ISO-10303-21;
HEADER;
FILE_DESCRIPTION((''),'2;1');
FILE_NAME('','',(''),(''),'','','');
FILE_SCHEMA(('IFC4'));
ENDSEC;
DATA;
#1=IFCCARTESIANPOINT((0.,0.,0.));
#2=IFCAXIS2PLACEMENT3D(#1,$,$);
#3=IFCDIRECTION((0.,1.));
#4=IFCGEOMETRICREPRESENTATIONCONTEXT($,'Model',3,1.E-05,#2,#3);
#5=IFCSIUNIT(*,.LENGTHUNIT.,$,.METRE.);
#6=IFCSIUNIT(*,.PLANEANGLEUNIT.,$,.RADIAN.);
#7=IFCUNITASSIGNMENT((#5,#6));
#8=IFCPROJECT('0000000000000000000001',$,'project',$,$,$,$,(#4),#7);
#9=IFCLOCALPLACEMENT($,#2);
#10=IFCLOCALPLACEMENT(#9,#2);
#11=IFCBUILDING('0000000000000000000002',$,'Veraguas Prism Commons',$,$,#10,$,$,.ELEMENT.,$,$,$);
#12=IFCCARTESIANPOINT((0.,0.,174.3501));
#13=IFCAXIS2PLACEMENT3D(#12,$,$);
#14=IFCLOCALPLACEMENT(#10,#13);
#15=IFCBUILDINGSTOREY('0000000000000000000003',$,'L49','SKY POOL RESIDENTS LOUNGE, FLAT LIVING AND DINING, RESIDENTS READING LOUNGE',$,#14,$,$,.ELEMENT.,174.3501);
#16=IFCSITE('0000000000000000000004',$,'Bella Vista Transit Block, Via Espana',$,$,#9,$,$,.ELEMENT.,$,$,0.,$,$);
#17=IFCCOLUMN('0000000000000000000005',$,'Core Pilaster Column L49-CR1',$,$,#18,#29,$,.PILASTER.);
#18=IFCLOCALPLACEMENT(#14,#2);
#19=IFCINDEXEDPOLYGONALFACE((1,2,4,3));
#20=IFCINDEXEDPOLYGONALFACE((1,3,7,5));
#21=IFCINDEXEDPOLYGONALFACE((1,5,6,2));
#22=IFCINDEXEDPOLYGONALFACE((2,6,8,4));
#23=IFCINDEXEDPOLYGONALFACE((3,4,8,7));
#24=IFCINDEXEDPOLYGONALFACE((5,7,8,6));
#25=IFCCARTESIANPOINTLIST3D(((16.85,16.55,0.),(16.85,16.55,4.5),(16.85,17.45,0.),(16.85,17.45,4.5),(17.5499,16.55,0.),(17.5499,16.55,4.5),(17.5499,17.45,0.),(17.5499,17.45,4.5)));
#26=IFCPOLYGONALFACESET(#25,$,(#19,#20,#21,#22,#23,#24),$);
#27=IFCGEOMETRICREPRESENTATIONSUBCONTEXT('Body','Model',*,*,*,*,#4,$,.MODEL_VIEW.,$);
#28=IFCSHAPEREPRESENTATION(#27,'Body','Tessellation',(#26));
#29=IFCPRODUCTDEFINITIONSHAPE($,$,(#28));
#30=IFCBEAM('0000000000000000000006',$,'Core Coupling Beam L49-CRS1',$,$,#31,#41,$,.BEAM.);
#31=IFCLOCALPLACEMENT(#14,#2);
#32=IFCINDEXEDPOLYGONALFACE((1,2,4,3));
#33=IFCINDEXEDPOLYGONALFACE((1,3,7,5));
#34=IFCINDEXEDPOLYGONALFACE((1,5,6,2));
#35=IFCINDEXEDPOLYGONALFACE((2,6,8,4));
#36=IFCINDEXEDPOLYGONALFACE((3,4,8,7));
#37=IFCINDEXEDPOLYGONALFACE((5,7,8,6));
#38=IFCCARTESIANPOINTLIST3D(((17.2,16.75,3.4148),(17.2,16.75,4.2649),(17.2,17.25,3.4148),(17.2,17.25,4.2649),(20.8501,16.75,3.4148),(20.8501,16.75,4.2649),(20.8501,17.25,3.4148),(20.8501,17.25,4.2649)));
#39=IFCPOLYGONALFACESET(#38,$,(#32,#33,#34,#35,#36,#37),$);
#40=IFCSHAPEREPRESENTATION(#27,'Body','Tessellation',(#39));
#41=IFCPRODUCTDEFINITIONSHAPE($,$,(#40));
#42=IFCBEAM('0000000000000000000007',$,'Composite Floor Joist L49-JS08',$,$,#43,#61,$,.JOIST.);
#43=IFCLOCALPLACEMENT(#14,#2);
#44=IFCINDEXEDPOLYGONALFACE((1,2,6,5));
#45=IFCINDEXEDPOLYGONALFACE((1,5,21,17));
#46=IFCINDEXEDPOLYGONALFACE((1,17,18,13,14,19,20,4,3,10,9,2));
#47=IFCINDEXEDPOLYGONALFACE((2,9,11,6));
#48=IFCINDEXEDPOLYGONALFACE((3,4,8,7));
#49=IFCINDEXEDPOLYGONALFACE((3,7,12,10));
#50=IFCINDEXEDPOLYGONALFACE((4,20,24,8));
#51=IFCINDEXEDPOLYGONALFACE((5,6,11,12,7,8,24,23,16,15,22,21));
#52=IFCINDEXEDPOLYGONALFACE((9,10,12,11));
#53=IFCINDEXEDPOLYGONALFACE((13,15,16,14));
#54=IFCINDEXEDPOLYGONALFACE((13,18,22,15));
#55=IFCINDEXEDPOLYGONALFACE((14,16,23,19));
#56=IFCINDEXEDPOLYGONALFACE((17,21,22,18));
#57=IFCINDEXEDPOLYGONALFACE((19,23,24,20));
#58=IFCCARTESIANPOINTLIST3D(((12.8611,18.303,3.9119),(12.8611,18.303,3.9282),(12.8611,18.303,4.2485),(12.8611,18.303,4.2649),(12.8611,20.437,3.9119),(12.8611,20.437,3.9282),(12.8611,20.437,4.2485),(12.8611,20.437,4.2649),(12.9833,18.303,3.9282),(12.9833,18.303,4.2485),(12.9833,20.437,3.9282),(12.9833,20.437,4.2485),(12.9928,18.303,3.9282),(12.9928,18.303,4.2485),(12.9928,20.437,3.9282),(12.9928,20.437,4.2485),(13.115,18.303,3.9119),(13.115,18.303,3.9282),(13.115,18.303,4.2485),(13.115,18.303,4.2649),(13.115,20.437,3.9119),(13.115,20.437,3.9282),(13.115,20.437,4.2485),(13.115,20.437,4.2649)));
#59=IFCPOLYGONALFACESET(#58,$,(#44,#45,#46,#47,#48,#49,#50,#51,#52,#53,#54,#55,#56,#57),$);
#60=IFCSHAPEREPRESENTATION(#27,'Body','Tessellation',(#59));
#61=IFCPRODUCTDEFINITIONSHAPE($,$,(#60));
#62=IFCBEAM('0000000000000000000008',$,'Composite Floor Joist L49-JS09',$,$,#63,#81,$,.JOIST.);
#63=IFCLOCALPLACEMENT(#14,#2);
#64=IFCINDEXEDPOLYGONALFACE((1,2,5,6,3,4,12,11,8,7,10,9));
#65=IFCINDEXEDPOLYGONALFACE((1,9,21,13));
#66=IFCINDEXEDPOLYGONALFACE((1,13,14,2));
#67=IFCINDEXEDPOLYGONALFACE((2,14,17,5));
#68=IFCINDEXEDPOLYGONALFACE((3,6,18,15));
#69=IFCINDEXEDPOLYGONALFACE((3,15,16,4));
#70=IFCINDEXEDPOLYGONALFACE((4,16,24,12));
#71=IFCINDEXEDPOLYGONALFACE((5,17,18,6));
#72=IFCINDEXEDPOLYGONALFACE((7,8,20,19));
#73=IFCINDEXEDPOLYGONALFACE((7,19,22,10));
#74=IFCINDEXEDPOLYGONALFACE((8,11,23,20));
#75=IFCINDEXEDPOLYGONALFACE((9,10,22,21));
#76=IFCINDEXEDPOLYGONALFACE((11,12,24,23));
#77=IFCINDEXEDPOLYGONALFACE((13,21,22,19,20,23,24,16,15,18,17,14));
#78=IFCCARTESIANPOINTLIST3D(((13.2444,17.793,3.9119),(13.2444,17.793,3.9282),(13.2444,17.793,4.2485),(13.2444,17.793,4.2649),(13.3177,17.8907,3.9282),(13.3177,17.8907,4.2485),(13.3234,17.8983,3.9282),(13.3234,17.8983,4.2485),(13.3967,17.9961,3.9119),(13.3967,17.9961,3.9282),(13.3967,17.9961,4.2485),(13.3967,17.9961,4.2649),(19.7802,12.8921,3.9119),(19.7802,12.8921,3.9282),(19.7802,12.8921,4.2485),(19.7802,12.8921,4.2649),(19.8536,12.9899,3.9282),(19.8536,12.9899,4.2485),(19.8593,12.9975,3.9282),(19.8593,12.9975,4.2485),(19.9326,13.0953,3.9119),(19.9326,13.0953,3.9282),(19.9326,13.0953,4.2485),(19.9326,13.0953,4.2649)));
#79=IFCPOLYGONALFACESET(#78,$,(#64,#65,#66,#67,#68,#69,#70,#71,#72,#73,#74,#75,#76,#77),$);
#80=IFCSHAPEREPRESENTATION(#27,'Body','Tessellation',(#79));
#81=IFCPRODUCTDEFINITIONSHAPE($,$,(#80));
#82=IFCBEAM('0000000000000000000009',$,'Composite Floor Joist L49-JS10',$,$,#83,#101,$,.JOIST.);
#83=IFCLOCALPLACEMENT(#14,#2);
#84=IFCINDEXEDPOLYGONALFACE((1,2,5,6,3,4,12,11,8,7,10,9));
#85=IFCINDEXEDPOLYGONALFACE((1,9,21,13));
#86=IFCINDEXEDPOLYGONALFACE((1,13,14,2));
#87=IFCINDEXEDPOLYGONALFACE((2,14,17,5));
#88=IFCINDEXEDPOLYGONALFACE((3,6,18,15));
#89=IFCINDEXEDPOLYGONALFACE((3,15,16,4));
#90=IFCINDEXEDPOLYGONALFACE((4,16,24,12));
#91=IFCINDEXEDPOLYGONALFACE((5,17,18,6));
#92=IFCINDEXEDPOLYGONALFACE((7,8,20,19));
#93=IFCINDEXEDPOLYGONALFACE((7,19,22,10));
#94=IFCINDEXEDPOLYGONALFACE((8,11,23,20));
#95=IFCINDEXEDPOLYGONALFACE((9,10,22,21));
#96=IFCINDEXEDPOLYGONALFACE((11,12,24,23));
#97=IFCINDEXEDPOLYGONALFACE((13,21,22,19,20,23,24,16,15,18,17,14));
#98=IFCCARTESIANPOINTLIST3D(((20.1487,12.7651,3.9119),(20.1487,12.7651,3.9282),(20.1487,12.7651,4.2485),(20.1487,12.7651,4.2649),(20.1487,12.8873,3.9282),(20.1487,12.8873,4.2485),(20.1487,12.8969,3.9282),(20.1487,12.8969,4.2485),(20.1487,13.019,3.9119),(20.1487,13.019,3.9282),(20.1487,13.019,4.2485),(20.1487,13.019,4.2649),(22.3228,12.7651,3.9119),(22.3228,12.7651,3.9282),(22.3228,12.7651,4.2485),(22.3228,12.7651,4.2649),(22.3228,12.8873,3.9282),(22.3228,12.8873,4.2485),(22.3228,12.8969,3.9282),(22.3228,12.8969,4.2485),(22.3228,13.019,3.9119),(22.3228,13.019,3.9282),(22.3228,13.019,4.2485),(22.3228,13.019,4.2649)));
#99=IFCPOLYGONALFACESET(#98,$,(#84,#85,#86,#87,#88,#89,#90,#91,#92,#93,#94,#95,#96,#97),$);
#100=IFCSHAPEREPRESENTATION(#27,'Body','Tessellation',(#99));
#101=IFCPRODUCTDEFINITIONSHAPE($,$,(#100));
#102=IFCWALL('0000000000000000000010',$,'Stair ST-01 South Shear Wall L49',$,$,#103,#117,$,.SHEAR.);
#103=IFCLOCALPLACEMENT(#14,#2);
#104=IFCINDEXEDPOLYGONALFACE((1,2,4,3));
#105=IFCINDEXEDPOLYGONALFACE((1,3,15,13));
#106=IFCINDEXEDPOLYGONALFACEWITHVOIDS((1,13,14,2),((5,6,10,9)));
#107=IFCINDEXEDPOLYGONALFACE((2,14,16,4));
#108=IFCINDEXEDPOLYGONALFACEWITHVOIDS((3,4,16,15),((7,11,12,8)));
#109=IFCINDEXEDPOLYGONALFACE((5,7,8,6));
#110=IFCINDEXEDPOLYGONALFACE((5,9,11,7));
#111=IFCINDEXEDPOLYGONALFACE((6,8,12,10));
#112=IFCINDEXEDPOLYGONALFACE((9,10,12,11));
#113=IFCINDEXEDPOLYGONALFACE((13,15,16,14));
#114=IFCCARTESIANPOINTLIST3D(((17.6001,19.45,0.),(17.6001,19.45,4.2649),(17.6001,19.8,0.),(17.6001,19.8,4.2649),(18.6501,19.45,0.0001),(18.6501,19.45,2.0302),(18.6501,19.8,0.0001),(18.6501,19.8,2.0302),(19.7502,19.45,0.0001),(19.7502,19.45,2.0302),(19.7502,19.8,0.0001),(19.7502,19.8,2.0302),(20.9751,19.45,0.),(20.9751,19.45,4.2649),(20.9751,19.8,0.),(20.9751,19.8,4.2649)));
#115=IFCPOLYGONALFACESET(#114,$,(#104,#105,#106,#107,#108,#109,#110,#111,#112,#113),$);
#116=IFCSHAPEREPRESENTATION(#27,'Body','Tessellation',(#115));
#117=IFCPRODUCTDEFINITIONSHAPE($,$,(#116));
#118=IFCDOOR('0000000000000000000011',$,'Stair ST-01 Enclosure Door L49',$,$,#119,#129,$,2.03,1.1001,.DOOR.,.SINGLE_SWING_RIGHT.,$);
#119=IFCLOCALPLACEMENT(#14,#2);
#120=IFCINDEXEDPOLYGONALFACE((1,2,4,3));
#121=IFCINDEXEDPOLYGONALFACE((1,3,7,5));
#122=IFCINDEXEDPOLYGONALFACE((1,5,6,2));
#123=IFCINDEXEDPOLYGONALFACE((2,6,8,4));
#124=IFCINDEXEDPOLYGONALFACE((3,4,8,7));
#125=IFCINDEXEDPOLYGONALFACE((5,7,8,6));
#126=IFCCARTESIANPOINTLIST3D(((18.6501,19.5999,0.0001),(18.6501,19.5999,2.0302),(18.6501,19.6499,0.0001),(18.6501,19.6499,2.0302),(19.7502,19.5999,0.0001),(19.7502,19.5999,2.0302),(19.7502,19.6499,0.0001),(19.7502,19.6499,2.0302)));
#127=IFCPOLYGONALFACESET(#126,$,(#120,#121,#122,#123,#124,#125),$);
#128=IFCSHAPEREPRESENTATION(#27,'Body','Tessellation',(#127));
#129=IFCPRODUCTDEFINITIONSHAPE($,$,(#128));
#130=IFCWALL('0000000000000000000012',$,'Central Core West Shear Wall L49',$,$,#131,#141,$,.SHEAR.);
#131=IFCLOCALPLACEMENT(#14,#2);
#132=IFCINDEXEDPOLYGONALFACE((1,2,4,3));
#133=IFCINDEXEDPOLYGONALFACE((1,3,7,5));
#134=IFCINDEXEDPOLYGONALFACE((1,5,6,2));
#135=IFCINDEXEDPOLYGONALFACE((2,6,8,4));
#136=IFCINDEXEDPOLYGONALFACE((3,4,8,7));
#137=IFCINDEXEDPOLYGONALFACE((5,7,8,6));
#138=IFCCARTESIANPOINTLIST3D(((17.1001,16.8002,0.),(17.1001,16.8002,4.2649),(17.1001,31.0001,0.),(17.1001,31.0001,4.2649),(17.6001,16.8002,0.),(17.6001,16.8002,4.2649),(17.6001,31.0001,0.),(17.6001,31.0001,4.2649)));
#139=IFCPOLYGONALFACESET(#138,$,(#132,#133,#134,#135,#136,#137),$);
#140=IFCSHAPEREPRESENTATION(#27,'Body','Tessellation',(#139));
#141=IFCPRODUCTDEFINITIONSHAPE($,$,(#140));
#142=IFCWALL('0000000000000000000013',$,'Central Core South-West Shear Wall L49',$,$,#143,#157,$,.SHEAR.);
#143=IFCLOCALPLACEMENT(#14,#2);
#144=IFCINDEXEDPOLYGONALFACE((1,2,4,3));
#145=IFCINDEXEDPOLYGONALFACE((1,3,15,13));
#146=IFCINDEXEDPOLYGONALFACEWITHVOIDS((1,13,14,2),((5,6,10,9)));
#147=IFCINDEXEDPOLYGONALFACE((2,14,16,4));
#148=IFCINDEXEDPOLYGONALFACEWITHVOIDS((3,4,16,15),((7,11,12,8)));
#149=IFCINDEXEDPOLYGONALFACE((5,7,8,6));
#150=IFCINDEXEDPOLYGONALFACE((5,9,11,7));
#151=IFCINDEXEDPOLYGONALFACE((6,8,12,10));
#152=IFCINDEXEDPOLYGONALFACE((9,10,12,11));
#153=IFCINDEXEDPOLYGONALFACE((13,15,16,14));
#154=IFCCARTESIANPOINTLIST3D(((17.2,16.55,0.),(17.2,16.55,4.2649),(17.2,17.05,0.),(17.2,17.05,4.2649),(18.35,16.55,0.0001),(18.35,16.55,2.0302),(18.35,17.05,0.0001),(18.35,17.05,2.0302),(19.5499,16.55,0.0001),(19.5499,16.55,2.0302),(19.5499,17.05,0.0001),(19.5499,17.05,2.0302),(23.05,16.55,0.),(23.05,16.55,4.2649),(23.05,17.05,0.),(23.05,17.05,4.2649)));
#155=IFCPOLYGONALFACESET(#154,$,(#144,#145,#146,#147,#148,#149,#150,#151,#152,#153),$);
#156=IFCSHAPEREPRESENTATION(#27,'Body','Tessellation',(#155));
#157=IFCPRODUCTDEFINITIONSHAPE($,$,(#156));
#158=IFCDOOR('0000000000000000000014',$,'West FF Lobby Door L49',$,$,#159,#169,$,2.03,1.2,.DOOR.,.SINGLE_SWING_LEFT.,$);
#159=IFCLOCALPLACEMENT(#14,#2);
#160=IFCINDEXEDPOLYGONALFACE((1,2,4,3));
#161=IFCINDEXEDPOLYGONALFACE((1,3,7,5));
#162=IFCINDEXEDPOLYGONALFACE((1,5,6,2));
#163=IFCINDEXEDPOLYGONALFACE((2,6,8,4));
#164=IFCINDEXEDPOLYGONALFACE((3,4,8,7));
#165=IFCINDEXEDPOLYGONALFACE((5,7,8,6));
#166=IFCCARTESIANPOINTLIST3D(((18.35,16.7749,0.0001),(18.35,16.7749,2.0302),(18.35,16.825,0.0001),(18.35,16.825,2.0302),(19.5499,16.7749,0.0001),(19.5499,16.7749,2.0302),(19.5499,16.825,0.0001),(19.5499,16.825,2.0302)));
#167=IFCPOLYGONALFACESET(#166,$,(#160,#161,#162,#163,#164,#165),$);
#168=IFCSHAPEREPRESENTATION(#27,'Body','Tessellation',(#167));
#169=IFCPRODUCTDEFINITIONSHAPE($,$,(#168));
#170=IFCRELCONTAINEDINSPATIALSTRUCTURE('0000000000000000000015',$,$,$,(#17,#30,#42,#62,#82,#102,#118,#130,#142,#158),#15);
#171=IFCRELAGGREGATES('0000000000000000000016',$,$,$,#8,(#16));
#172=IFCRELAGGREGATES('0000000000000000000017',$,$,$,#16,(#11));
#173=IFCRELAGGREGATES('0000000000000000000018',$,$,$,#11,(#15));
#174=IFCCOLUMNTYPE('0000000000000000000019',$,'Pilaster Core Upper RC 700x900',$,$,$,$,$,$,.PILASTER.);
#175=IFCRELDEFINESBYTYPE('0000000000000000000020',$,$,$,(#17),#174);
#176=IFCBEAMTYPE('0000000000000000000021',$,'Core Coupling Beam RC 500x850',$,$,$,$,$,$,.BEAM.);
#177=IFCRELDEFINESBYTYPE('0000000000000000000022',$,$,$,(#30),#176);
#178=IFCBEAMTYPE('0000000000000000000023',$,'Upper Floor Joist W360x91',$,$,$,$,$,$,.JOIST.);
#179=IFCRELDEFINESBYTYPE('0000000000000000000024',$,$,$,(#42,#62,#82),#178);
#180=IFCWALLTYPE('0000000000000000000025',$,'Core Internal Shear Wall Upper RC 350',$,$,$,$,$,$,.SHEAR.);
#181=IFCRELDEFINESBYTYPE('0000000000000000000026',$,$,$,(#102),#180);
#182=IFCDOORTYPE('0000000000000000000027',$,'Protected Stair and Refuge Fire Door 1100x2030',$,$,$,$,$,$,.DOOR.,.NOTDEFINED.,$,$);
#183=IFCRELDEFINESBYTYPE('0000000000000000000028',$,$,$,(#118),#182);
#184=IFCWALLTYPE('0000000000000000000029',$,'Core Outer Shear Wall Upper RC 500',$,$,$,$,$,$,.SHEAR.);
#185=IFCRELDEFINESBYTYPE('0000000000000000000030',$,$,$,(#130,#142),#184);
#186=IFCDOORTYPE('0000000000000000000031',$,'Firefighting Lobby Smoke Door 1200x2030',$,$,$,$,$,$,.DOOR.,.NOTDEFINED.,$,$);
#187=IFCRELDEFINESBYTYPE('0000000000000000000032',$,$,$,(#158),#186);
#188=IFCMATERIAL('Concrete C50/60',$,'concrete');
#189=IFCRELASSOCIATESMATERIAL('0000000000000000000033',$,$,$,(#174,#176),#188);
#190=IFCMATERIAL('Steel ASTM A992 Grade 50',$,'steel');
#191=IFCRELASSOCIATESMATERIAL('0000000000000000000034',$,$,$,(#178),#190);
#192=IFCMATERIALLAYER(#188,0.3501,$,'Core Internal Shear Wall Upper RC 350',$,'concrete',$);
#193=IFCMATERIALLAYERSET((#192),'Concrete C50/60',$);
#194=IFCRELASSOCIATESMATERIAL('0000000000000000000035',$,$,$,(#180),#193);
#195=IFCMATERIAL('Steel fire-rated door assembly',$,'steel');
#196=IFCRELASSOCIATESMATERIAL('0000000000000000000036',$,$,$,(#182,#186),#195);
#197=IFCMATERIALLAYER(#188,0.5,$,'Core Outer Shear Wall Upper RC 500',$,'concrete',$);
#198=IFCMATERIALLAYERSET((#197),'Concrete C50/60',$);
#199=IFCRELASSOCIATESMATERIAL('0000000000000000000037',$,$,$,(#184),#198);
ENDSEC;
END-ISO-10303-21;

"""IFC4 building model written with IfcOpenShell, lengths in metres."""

from ifc_helpers import new_model, si_unit, direction, frame, frame_2d, origin, origin_2d, place, context, subcontext, project, spatial, rectangle, i_section, extrude, source, transform, mapped, material, layer, layer_set, material_profile, profile_set, type_object, element, fill, save


model = new_model("IFC4")

# Units and contexts
model_context = context("Model", 3, precision=1e-05, world=origin(), true_north=direction((0.0, 1.0)))
body_context = subcontext(model_context, "Body", "Model", "MODEL_VIEW")
ifc_project = project(units=[si_unit("LENGTHUNIT", "METRE"), si_unit("PLANEANGLEUNIT", "RADIAN")], contexts=[model_context])

# Site, building, storey
site_placement = place(None, origin())
site = spatial("IfcSite", under=ifc_project, at=site_placement, Name="Bella Vista Transit Block, Via Espana", CompositionType="ELEMENT", RefElevation=0.0)
building_placement = place(site_placement, origin())
building = spatial("IfcBuilding", under=site, at=building_placement, Name="Veraguas Prism Commons", CompositionType="ELEMENT")
storey_placement = place(building_placement, frame((0.0, 0.0, 174.3501)))
storey = spatial("IfcBuildingStorey", under=building, at=storey_placement, Name="L49", Description="SKY POOL RESIDENTS LOUNGE, FLAT LIVING AND DINING, RESIDENTS READING LOUNGE", CompositionType="ELEMENT", Elevation=174.3501)

# Column
ifc_material_1 = material(Name="Concrete C50/60", Category="concrete")
ifc_material_profile_1 = material_profile(ifc_material_1, rectangle(XDim=0.7, YDim=0.8999, at=origin_2d()), Name="RC700X900")
ifc_profile_set_1 = profile_set([ifc_material_profile_1], Name="Concrete C50/60")
column_type = type_object("IfcColumnType", Name="Pilaster Core Upper RC 700x900", PredefinedType="PILASTER", material=ifc_profile_set_1)
column_placement = place(storey_placement, frame((17.2, 17.0, 0.0), z_axis=(0.0, 0.0, 1.0), x_axis=(1.0, 0.0, 0.0)))
element("IfcColumn", 1, at=column_placement, inside=storey, type_object=column_type, Name="Core Pilaster Column L49-CR1", PredefinedType="PILASTER", context=body_context, shape_type="SweptSolid", body=[
    extrude(rectangle(XDim=0.7, YDim=0.8999, at=origin_2d()), origin(), (0.0, 0.0, 1.0), 4.5),
])

# Beams
ifc_material_profile_2 = material_profile(ifc_material_1, rectangle(XDim=0.5, YDim=0.8501, at=origin_2d()), Name="RC500X850")
ifc_profile_set_2 = profile_set([ifc_material_profile_2], Name="Concrete C50/60")
beam_type_1 = type_object("IfcBeamType", Name="Core Coupling Beam RC 500x850", PredefinedType="BEAM", material=ifc_profile_set_2)
beam_1_placement = place(storey_placement, frame((17.2, 17.0, 3.8398), z_axis=(1.0, 0.0, 0.0), x_axis=(0.0, 1.0, 0.0)))
element("IfcBeam", 2, at=beam_1_placement, inside=storey, type_object=beam_type_1, Name="Core Coupling Beam L49-CRS1", PredefinedType="BEAM", context=body_context, shape_type="SweptSolid", body=[
    extrude(rectangle(XDim=0.5, YDim=0.8501, at=origin_2d()), origin(), (0.0, 0.0, 1.0), 3.6501),
])
ifc_material_2 = material(Name="Steel ASTM A992 Grade 50", Category="steel")
ifc_material_profile_3 = material_profile(ifc_material_2, i_section(OverallWidth=0.2539, OverallDepth=0.353, WebThickness=0.0095, FlangeThickness=0.0164, at=origin_2d()), Name="W360X91")
ifc_profile_set_3 = profile_set([ifc_material_profile_3], Name="Steel ASTM A992 Grade 50")
beam_type_2 = type_object("IfcBeamType", Name="Upper Floor Joist W360x91", PredefinedType="JOIST", material=ifc_profile_set_3)
beam_2_placement = place(storey_placement, frame((12.988, 20.437, 4.0884), z_axis=(0.0, -1.0, 0.0), x_axis=(1.0, 0.0, 0.0)))
element("IfcBeam", 3, at=beam_2_placement, inside=storey, type_object=beam_type_2, Name="Composite Floor Joist L49-JS08", PredefinedType="JOIST", context=body_context, shape_type="SweptSolid", body=[
    extrude(i_section(OverallWidth=0.2539, OverallDepth=0.353, WebThickness=0.0095, FlangeThickness=0.0164, at=origin_2d()), origin(), (0.0, 0.0, 1.0), 2.134),
])
beam_3_placement = place(storey_placement, frame((13.3206, 17.8945, 4.0884), z_axis=(0.800061, -0.599919, 0.0), x_axis=(0.599919, 0.800061, 0.0)))
element("IfcBeam", 4, at=beam_3_placement, inside=storey, type_object=beam_type_2, Name="Composite Floor Joist L49-JS09", PredefinedType="JOIST", context=body_context, shape_type="SweptSolid", body=[
    extrude(i_section(OverallWidth=0.2539, OverallDepth=0.353, WebThickness=0.0095, FlangeThickness=0.0164, at=origin_2d()), origin(), (0.0, 0.0, 1.0), 8.1692),
])
beam_4_placement = place(storey_placement, frame((20.1487, 12.8921, 4.0884), z_axis=(1.0, 0.0, 0.0), x_axis=(0.0, 1.0, 0.0)))
element("IfcBeam", 5, at=beam_4_placement, inside=storey, type_object=beam_type_2, Name="Composite Floor Joist L49-JS10", PredefinedType="JOIST", context=body_context, shape_type="SweptSolid", body=[
    extrude(i_section(OverallWidth=0.2539, OverallDepth=0.353, WebThickness=0.0095, FlangeThickness=0.0164, at=origin_2d()), origin(), (0.0, 0.0, 1.0), 2.1741),
])

# Wall, opening, door
ifc_layer_1 = layer(ifc_material_1, 0.3501, Name="Core Internal Shear Wall Upper RC 350", Category="concrete")
ifc_layer_set_1 = layer_set([ifc_layer_1], Name="Concrete C50/60")
wall_type_1 = type_object("IfcWallType", Name="Core Internal Shear Wall Upper RC 350", PredefinedType="SHEAR", material=ifc_layer_set_1)
wall_1_placement = place(storey_placement, frame((17.6001, 19.625, 0.0), z_axis=(0.0, 0.0, 1.0), x_axis=(1.0, 0.0, 0.0)))
wall_1 = element("IfcWall", 6, at=wall_1_placement, inside=storey, type_object=wall_type_1, Name="Stair ST-01 South Shear Wall L49", PredefinedType="SHEAR", context=body_context, shape_type="SweptSolid", body=[
    extrude(rectangle(XDim=3.375, YDim=0.3501, at=frame_2d((1.6875, 0.0))), origin(), (0.0, 0.0, 1.0), 4.2649),
])
opening_1_placement = place(wall_1_placement, frame((1.05, 0.0, 0.0)))
opening_1 = element("IfcOpeningElement", 7, at=opening_1_placement, cuts=wall_1, PredefinedType="OPENING", context=body_context, shape_type="SweptSolid", body=[
    extrude(rectangle(XDim=1.1001, YDim=2.03, at=frame_2d((0.55, 1.0151))), frame((0.0, 0.1851, 0.0), z_axis=(0.0, -1.0, 0.0), x_axis=(1.0, 0.0, 0.0)), (0.0, 0.0, 1.0), 0.3701),
])
ifc_material_3 = material(Name="Steel fire-rated door assembly", Category="steel")
door_type_1 = type_object("IfcDoorType", Name="Protected Stair and Refuge Fire Door 1100x2030", OperationType="NOTDEFINED", PredefinedType="DOOR", material=ifc_material_3)
shared_shape_1 = source(origin(), body_context, "Body", "SweptSolid", [
    extrude(rectangle(XDim=1.1001, YDim=2.03, at=frame_2d((0.55, 1.0151))), frame((0.0, 0.0249, 0.0), z_axis=(0.0, -1.0, 0.0), x_axis=(1.0, 0.0, 0.0)), (0.0, 0.0, 1.0), 0.05),
])
door_1_placement = place(opening_1_placement, origin())
door_1 = element("IfcDoor", 8, at=door_1_placement, inside=storey, type_object=door_type_1, Name="Stair ST-01 Enclosure Door L49", OperationType="SINGLE_SWING_RIGHT", OverallHeight=2.03, OverallWidth=1.1001, PredefinedType="DOOR", context=body_context, shape_type="MappedRepresentation", body=[
    mapped(shared_shape_1, transform((0.0, 0.0, 0.0), scale=1.0)),
])
fill(opening_1, door_1)

# Wall
ifc_layer_2 = layer(ifc_material_1, 0.5, Name="Core Outer Shear Wall Upper RC 500", Category="concrete")
ifc_layer_set_2 = layer_set([ifc_layer_2], Name="Concrete C50/60")
wall_type_2 = type_object("IfcWallType", Name="Core Outer Shear Wall Upper RC 500", PredefinedType="SHEAR", material=ifc_layer_set_2)
wall_2_placement = place(storey_placement, frame((17.3501, 16.8, 0.0), z_axis=(0.0, 0.0, 1.0), x_axis=(0.0, 1.0, 0.0)))
element("IfcWall", 9, at=wall_2_placement, inside=storey, type_object=wall_type_2, Name="Central Core West Shear Wall L49", PredefinedType="SHEAR", context=body_context, shape_type="SweptSolid", body=[
    extrude(rectangle(XDim=14.2, YDim=0.5, at=frame_2d((7.1001, 0.0))), origin(), (0.0, 0.0, 1.0), 4.2649),
])

# Wall, opening, door
wall_3_placement = place(storey_placement, frame((17.2, 16.8, 0.0), z_axis=(0.0, 0.0, 1.0), x_axis=(1.0, 0.0, 0.0)))
wall_3 = element("IfcWall", 10, at=wall_3_placement, inside=storey, type_object=wall_type_2, Name="Central Core South-West Shear Wall L49", PredefinedType="SHEAR", context=body_context, shape_type="SweptSolid", body=[
    extrude(rectangle(XDim=5.8501, YDim=0.5, at=frame_2d((2.925, 0.0))), origin(), (0.0, 0.0, 1.0), 4.2649),
])
opening_2_placement = place(wall_3_placement, frame((1.1499, 0.0, 0.0)))
opening_2 = element("IfcOpeningElement", 11, at=opening_2_placement, cuts=wall_3, PredefinedType="OPENING", context=body_context, shape_type="SweptSolid", body=[
    extrude(rectangle(XDim=1.2, YDim=2.03, at=frame_2d((0.6001, 1.0151))), frame((0.0, 0.26, 0.0), z_axis=(0.0, -1.0, 0.0), x_axis=(1.0, 0.0, 0.0)), (0.0, 0.0, 1.0), 0.52),
])
door_type_2 = type_object("IfcDoorType", Name="Firefighting Lobby Smoke Door 1200x2030", OperationType="NOTDEFINED", PredefinedType="DOOR", material=ifc_material_3)
shared_shape_2 = source(origin(), body_context, "Body", "SweptSolid", [
    extrude(rectangle(XDim=1.2, YDim=2.03, at=frame_2d((0.6001, 1.0151))), frame((0.0, 0.0249, 0.0), z_axis=(0.0, -1.0, 0.0), x_axis=(1.0, 0.0, 0.0)), (0.0, 0.0, 1.0), 0.05),
])
door_2_placement = place(opening_2_placement, origin())
door_2 = element("IfcDoor", 12, at=door_2_placement, inside=storey, type_object=door_type_2, Name="West FF Lobby Door L49", OperationType="SINGLE_SWING_LEFT", OverallHeight=2.03, OverallWidth=1.2, PredefinedType="DOOR", context=body_context, shape_type="MappedRepresentation", body=[
    mapped(shared_shape_2, transform((0.0, 0.0, 0.0), scale=1.0)),
])
fill(opening_2, door_2)

save(model, "model.ifc")
